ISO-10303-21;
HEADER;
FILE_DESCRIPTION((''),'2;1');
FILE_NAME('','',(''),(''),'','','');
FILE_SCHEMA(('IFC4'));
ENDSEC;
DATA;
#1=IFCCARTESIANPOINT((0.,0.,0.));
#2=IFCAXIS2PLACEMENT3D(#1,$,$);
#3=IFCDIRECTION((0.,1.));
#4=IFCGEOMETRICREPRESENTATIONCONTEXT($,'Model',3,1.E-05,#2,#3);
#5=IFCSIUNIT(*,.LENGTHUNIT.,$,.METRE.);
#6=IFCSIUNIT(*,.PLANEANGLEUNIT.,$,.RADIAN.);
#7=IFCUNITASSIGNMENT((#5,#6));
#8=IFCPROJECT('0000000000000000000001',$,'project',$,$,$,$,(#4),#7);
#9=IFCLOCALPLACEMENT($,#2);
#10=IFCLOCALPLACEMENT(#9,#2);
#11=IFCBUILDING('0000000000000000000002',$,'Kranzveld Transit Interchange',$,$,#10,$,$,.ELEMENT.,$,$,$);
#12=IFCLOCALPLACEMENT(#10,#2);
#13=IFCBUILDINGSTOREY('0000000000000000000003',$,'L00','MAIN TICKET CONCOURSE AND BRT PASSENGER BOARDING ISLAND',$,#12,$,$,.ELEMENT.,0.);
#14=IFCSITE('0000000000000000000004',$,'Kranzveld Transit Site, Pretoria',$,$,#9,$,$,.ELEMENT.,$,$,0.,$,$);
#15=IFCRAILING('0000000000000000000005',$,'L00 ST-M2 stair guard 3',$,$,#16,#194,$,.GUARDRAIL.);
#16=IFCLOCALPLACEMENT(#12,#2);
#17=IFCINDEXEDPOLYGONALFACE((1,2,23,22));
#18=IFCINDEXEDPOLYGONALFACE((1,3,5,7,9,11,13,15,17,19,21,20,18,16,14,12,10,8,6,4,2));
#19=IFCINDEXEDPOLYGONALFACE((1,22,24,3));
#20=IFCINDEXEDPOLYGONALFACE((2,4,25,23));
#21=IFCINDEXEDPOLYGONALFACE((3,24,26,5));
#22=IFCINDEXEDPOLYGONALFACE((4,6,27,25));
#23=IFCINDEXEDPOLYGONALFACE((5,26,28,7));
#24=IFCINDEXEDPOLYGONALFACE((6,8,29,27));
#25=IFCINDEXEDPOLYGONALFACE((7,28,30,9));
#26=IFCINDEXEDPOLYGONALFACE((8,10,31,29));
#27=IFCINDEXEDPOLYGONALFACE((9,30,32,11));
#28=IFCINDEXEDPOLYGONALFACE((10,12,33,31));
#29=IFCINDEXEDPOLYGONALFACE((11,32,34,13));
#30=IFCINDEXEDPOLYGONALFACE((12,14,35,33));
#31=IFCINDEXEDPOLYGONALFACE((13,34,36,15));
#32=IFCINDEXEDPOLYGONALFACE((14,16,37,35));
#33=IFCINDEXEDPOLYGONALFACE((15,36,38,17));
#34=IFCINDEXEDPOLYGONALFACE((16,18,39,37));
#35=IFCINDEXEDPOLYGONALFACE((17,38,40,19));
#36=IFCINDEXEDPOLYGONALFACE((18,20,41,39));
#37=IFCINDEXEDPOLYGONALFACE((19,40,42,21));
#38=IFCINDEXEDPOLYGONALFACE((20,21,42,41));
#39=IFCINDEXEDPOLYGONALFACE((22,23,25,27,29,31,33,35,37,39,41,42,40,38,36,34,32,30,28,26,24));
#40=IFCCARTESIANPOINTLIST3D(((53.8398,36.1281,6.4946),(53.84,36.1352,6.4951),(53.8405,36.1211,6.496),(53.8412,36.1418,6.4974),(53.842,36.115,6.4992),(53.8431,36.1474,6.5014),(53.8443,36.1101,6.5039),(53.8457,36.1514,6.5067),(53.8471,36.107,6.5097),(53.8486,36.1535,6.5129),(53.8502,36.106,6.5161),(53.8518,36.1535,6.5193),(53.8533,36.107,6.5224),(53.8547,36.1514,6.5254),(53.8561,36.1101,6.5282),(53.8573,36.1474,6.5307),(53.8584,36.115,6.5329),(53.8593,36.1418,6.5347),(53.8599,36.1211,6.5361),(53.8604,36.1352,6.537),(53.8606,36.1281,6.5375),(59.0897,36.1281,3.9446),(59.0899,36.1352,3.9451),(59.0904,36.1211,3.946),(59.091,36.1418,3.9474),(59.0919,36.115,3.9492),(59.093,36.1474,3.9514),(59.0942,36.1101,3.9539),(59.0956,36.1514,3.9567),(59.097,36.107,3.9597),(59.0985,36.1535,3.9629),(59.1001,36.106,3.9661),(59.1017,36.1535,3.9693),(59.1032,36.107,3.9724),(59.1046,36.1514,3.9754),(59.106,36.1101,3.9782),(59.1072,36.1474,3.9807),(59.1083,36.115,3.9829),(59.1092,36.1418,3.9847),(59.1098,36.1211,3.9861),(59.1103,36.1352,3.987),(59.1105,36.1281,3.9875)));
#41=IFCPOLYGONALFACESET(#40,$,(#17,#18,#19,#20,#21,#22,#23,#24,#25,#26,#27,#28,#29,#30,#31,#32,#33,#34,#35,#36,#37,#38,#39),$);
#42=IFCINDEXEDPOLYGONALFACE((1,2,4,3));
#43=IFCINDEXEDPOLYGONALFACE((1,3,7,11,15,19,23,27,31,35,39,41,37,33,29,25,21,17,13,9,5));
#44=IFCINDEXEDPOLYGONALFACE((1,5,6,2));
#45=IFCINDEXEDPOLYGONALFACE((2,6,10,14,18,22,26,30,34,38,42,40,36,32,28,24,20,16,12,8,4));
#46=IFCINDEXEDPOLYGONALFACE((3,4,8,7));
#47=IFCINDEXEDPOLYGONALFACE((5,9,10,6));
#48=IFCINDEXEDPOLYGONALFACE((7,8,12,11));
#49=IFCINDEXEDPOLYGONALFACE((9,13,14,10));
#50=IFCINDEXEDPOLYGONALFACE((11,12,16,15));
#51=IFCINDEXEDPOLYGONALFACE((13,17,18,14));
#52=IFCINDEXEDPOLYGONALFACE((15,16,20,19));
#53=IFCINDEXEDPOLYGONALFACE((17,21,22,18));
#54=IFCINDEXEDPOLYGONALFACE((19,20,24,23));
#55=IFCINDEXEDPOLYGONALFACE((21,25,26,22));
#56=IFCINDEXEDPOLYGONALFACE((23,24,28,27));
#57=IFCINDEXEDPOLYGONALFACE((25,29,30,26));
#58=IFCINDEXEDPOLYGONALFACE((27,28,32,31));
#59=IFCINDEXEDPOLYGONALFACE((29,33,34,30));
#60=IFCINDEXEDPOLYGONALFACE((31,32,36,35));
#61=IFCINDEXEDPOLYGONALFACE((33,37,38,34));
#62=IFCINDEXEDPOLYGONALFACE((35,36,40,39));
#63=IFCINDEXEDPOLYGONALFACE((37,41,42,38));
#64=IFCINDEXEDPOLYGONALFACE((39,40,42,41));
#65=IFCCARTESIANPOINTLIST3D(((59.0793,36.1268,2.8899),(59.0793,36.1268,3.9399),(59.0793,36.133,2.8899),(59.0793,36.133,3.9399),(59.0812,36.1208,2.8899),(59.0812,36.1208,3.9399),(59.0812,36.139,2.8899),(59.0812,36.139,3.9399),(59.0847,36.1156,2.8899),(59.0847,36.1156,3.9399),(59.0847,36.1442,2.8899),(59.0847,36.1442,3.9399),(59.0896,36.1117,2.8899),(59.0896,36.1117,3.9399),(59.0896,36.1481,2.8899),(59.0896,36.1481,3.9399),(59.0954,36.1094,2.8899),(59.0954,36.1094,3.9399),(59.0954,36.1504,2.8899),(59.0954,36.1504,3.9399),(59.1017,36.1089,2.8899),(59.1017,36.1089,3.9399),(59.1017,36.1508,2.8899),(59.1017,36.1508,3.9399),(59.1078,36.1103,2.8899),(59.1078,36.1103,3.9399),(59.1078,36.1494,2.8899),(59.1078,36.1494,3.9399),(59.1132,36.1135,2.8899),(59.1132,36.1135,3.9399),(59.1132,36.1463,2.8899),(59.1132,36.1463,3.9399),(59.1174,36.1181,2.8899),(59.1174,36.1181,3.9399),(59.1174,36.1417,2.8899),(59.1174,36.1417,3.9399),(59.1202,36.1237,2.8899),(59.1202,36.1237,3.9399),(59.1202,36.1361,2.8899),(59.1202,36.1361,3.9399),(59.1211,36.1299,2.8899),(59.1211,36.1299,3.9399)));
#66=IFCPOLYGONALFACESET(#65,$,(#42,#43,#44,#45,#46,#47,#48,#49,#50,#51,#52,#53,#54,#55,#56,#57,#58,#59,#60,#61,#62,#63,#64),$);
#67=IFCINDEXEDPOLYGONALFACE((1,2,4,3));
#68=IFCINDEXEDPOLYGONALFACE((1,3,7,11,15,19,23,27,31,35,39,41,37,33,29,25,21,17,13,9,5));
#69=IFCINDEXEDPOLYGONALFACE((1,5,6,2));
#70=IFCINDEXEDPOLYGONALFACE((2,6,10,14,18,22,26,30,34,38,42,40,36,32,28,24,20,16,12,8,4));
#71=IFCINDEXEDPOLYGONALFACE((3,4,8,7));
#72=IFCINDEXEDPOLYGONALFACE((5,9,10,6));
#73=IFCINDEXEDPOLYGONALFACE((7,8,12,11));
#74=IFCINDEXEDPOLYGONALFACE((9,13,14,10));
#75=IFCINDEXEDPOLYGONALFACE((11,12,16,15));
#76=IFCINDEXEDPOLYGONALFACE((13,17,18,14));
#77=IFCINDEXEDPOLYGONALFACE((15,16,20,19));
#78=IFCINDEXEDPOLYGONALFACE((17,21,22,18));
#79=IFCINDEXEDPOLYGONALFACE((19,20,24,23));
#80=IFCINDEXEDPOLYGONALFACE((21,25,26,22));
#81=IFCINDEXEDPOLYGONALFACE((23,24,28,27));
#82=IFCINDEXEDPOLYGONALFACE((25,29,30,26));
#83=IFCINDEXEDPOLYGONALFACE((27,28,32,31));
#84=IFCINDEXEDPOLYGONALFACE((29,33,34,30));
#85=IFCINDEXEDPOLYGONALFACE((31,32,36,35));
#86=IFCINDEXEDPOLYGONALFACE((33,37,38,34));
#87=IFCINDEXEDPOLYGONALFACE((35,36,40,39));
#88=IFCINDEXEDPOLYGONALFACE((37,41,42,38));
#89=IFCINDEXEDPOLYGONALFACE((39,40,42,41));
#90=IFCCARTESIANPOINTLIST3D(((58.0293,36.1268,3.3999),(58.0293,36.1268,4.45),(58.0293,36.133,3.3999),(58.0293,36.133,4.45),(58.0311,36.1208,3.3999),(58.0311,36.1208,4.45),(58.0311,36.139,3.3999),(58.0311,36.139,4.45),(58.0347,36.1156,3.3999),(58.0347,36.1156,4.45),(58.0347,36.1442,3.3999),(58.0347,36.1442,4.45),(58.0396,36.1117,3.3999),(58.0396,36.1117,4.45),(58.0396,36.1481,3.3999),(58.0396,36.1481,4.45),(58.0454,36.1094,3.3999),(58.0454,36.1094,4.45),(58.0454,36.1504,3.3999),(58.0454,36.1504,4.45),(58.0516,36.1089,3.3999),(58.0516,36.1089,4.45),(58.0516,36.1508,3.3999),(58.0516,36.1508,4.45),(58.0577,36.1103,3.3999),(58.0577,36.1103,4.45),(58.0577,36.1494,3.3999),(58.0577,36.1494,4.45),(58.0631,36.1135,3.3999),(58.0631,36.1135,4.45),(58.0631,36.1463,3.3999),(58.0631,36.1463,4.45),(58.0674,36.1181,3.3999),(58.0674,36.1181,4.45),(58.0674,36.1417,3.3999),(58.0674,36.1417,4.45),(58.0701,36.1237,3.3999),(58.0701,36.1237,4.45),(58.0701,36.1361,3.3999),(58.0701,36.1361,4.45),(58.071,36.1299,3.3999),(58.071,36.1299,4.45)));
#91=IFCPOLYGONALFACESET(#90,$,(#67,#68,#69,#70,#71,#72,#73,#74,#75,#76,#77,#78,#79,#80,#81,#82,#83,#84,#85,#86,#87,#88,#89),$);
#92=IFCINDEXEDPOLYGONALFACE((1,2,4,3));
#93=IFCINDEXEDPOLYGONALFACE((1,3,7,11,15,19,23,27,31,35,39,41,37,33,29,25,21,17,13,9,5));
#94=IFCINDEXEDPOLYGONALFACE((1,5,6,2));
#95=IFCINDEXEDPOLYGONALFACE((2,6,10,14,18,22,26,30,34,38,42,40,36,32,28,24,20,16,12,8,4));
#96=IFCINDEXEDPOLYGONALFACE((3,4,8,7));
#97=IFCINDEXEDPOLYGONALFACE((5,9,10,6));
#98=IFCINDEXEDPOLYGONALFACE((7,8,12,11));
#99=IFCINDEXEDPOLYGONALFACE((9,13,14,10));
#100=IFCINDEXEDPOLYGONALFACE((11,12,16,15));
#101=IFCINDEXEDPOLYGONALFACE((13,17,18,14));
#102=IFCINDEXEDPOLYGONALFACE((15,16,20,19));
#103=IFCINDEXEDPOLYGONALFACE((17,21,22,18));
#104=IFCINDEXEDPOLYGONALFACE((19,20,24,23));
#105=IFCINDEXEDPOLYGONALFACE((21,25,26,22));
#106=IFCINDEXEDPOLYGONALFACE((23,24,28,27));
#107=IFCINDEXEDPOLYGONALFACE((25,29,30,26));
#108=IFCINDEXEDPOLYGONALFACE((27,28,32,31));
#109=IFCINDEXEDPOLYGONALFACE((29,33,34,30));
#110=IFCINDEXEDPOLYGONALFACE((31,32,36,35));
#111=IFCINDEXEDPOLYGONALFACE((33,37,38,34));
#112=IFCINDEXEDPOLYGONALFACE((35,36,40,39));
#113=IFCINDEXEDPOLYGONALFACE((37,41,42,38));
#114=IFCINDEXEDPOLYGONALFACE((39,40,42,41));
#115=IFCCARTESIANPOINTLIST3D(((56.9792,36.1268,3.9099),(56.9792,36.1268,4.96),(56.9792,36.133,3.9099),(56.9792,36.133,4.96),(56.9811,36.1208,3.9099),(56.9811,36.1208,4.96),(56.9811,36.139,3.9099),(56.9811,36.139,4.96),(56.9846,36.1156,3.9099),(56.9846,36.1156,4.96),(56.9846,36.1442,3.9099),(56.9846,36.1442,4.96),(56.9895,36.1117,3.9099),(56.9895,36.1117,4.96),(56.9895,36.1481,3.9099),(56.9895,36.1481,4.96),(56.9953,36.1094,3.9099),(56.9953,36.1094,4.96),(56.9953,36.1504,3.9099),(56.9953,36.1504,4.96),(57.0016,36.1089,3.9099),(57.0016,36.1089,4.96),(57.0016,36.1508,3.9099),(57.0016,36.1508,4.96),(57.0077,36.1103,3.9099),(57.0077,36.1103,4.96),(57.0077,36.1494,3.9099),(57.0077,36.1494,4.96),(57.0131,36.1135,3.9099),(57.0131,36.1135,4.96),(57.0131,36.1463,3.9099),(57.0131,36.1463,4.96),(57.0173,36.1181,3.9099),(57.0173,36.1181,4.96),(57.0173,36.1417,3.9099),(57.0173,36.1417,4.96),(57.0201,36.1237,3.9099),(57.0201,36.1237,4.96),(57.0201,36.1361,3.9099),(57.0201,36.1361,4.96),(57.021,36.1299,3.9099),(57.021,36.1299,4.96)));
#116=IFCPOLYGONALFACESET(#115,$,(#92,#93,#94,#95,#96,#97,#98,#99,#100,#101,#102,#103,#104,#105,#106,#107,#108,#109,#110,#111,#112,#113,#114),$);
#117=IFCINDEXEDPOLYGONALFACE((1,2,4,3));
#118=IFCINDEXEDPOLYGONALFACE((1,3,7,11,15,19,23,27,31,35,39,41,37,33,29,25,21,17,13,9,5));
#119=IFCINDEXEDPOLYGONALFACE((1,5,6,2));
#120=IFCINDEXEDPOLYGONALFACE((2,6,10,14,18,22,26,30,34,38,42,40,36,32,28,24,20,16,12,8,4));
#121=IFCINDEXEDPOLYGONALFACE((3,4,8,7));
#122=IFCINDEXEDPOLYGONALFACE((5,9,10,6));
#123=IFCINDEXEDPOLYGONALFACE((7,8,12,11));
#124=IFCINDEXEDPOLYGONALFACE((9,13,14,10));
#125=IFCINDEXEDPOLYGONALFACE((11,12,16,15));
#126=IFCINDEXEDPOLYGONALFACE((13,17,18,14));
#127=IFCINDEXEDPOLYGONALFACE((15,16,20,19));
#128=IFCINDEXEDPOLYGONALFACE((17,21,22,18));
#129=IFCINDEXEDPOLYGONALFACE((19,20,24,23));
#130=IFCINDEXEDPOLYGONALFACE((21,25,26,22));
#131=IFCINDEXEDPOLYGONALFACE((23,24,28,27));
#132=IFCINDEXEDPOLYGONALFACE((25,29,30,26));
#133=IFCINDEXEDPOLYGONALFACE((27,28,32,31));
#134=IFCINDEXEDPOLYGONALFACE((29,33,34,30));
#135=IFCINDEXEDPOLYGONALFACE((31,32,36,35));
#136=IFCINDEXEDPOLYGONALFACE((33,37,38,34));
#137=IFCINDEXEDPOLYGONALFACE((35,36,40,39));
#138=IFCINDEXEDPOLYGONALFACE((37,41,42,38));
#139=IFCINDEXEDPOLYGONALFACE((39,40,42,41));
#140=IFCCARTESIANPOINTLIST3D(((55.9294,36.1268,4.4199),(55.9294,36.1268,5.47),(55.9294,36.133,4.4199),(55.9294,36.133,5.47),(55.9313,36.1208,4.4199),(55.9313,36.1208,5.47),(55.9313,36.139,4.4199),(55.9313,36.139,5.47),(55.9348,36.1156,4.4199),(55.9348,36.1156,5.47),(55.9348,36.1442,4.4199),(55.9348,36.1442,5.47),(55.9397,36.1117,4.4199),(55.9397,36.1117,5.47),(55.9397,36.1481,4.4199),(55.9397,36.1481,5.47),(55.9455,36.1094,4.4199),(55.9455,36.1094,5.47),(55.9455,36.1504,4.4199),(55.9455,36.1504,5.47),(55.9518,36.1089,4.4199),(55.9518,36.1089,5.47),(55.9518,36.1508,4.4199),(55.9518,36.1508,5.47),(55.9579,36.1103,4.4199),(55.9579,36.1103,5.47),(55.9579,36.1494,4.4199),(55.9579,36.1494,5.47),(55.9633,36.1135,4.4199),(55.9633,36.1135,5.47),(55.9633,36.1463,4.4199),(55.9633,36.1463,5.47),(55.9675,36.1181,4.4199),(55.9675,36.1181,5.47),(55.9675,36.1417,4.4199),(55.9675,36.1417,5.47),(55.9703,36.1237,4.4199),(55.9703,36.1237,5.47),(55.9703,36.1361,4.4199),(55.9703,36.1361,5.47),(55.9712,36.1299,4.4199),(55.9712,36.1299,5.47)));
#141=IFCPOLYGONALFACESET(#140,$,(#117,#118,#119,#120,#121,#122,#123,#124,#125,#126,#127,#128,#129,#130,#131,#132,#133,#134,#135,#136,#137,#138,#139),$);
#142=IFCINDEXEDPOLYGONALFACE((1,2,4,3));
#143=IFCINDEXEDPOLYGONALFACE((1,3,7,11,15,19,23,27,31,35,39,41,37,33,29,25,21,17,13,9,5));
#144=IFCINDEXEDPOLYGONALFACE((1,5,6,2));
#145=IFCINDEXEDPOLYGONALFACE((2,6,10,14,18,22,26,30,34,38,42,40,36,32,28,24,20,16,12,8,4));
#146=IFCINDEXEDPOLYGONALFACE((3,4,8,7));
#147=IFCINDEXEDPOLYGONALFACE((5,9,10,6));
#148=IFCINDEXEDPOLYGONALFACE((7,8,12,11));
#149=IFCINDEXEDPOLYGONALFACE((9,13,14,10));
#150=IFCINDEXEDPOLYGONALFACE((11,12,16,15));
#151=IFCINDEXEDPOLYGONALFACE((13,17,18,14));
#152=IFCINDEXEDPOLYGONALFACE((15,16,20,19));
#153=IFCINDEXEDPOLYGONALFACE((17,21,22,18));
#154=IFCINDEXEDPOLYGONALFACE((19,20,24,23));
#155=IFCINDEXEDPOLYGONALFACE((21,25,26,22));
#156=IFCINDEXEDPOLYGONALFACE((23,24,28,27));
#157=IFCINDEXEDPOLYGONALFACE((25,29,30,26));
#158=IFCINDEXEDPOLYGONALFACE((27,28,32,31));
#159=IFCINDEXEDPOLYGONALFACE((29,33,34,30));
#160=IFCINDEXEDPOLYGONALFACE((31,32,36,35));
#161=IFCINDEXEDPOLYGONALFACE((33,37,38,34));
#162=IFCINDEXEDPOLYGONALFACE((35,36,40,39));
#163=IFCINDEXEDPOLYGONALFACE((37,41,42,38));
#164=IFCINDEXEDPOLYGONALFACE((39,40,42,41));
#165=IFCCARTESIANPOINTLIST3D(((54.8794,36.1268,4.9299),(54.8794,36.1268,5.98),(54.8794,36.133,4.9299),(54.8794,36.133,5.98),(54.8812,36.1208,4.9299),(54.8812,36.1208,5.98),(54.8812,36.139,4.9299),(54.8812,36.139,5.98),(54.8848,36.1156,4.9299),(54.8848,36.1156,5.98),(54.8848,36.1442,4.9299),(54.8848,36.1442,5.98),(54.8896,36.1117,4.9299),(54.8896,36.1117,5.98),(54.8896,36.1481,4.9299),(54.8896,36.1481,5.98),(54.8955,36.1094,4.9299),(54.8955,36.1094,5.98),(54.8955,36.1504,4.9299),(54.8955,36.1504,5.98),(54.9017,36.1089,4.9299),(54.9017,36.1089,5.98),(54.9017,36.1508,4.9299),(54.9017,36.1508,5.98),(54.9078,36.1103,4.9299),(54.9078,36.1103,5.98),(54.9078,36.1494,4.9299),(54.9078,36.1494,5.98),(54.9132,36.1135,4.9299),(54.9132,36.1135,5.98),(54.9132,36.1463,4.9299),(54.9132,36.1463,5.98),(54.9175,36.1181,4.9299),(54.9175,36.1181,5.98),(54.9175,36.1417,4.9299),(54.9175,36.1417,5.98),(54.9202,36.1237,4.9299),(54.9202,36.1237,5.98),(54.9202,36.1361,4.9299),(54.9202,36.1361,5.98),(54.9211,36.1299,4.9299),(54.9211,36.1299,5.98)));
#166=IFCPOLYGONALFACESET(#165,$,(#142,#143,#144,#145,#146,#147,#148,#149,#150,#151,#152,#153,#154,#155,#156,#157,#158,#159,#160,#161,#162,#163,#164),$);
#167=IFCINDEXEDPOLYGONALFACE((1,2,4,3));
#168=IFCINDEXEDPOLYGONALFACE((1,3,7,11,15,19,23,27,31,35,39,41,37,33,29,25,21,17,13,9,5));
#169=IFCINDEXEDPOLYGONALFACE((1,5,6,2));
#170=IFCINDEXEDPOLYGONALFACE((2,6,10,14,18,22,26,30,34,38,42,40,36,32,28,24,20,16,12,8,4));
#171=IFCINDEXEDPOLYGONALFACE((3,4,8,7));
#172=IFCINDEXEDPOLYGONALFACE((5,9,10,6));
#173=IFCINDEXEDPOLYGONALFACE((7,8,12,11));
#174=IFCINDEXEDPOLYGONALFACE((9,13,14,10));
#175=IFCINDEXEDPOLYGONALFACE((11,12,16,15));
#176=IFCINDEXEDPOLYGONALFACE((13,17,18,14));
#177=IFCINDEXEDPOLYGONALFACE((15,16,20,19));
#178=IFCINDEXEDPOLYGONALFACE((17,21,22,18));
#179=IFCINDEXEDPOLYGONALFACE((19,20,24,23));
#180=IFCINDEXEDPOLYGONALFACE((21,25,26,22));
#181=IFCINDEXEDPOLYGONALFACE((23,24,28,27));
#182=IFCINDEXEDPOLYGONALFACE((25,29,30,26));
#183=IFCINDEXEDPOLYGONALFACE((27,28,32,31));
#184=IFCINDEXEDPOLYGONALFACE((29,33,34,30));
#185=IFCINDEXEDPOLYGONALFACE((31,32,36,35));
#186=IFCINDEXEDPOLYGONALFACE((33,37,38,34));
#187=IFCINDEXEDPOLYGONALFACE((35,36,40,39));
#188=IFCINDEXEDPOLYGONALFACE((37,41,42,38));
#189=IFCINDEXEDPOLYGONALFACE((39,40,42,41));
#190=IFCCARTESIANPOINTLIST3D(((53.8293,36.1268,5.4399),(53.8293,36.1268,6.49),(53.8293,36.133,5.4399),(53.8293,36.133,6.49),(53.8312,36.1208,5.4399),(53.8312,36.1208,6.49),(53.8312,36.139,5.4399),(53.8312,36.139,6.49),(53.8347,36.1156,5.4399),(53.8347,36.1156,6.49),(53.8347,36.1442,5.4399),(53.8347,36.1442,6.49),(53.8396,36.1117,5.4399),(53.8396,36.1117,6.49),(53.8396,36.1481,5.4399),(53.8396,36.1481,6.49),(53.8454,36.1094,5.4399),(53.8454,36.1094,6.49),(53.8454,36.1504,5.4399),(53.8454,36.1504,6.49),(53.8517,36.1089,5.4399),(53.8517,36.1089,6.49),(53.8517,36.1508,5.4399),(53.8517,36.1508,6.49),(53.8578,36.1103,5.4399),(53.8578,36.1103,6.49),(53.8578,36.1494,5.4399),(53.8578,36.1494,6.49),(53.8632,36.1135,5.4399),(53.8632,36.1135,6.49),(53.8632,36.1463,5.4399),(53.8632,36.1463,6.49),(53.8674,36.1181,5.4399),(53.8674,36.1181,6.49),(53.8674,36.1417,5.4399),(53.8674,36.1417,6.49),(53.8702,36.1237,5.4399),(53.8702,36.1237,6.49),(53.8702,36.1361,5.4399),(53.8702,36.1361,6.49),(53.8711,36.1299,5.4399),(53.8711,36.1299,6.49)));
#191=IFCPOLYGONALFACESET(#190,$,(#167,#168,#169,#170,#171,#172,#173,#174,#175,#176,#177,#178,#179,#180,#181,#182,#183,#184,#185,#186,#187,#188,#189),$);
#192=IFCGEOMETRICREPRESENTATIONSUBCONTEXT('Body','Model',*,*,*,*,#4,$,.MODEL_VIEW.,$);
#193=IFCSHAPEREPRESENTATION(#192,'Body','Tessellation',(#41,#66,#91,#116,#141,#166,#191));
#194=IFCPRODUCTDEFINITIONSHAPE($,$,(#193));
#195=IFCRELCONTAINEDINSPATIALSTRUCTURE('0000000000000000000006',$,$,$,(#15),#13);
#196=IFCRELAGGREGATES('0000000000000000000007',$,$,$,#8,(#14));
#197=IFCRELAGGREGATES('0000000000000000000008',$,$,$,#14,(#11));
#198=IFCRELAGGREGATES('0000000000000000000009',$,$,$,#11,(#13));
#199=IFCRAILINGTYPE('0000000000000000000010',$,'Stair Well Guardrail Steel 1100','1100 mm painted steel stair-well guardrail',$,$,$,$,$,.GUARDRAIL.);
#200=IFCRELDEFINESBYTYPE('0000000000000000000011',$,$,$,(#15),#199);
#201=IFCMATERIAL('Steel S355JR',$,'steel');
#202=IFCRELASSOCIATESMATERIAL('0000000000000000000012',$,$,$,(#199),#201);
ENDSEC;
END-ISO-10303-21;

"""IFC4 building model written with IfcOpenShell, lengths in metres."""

from ifc_helpers import new_model, si_unit, direction, frame, origin, origin_2d, place, context, subcontext, project, spatial, circle, extrude, material, type_object, element, save


model = new_model("IFC4")

# Units and contexts
model_context = context("Model", 3, precision=1e-05, world=origin(), true_north=direction((0.0, 1.0)))
body_context = subcontext(model_context, "Body", "Model", "MODEL_VIEW")
ifc_project = project(units=[si_unit("LENGTHUNIT", "METRE"), si_unit("PLANEANGLEUNIT", "RADIAN")], contexts=[model_context])

# Site, building, storey
site_placement = place(None, origin())
site = spatial("IfcSite", under=ifc_project, at=site_placement, Name="Kranzveld Transit Site, Pretoria", CompositionType="ELEMENT", RefElevation=0.0)
building_placement = place(site_placement, origin())
building = spatial("IfcBuilding", under=site, at=building_placement, Name="Kranzveld Transit Interchange", CompositionType="ELEMENT")
storey_placement = place(building_placement, origin())
storey = spatial("IfcBuildingStorey", under=building, at=storey_placement, Name="L00", Description="MAIN TICKET CONCOURSE AND BRT PASSENGER BOARDING ISLAND", CompositionType="ELEMENT", Elevation=0.0)

# Railing
ifc_material_1 = material(Name="Steel S355JR", Category="steel")
railing_type_1 = type_object("IfcRailingType", Name="Stair Well Guardrail Steel 1100", Description="1100 mm painted steel stair-well guardrail", PredefinedType="GUARDRAIL", material=ifc_material_1)
railing_1_placement = place(storey_placement, frame((59.1001, 36.1299, 2.8899)))
element("IfcRailing", 1, at=railing_1_placement, inside=storey, type_object=railing_type_1, Name="L00 ST-M2 stair guard 3", PredefinedType="GUARDRAIL", context=body_context, shape_type="SweptSolid", body=[
    extrude(circle(Radius=0.0239, at=origin_2d()), frame((0.0, 0.0, 1.0762), z_axis=(-0.899505, 0.0, 0.436911), x_axis=(0.0, -1.0, 0.0)), (0.0, 0.0, 1.0), 5.8364),
    extrude(circle(Radius=0.021, at=origin_2d()), origin(), (0.0, 0.0, 1.0), 1.05),
    extrude(circle(Radius=0.021, at=origin_2d()), frame((-1.05, 0.0, 0.51)), (0.0, 0.0, 1.0), 1.05),
    extrude(circle(Radius=0.021, at=origin_2d()), frame((-2.1001, 0.0, 1.02)), (0.0, 0.0, 1.0), 1.05),
    extrude(circle(Radius=0.021, at=origin_2d()), frame((-3.1499, 0.0, 1.53)), (0.0, 0.0, 1.0), 1.05),
    extrude(circle(Radius=0.021, at=origin_2d()), frame((-4.2, 0.0, 2.04)), (0.0, 0.0, 1.0), 1.05),
    extrude(circle(Radius=0.021, at=origin_2d()), frame((-5.25, 0.0, 2.55)), (0.0, 0.0, 1.0), 1.05),
])

save(model, "model.ifc")
